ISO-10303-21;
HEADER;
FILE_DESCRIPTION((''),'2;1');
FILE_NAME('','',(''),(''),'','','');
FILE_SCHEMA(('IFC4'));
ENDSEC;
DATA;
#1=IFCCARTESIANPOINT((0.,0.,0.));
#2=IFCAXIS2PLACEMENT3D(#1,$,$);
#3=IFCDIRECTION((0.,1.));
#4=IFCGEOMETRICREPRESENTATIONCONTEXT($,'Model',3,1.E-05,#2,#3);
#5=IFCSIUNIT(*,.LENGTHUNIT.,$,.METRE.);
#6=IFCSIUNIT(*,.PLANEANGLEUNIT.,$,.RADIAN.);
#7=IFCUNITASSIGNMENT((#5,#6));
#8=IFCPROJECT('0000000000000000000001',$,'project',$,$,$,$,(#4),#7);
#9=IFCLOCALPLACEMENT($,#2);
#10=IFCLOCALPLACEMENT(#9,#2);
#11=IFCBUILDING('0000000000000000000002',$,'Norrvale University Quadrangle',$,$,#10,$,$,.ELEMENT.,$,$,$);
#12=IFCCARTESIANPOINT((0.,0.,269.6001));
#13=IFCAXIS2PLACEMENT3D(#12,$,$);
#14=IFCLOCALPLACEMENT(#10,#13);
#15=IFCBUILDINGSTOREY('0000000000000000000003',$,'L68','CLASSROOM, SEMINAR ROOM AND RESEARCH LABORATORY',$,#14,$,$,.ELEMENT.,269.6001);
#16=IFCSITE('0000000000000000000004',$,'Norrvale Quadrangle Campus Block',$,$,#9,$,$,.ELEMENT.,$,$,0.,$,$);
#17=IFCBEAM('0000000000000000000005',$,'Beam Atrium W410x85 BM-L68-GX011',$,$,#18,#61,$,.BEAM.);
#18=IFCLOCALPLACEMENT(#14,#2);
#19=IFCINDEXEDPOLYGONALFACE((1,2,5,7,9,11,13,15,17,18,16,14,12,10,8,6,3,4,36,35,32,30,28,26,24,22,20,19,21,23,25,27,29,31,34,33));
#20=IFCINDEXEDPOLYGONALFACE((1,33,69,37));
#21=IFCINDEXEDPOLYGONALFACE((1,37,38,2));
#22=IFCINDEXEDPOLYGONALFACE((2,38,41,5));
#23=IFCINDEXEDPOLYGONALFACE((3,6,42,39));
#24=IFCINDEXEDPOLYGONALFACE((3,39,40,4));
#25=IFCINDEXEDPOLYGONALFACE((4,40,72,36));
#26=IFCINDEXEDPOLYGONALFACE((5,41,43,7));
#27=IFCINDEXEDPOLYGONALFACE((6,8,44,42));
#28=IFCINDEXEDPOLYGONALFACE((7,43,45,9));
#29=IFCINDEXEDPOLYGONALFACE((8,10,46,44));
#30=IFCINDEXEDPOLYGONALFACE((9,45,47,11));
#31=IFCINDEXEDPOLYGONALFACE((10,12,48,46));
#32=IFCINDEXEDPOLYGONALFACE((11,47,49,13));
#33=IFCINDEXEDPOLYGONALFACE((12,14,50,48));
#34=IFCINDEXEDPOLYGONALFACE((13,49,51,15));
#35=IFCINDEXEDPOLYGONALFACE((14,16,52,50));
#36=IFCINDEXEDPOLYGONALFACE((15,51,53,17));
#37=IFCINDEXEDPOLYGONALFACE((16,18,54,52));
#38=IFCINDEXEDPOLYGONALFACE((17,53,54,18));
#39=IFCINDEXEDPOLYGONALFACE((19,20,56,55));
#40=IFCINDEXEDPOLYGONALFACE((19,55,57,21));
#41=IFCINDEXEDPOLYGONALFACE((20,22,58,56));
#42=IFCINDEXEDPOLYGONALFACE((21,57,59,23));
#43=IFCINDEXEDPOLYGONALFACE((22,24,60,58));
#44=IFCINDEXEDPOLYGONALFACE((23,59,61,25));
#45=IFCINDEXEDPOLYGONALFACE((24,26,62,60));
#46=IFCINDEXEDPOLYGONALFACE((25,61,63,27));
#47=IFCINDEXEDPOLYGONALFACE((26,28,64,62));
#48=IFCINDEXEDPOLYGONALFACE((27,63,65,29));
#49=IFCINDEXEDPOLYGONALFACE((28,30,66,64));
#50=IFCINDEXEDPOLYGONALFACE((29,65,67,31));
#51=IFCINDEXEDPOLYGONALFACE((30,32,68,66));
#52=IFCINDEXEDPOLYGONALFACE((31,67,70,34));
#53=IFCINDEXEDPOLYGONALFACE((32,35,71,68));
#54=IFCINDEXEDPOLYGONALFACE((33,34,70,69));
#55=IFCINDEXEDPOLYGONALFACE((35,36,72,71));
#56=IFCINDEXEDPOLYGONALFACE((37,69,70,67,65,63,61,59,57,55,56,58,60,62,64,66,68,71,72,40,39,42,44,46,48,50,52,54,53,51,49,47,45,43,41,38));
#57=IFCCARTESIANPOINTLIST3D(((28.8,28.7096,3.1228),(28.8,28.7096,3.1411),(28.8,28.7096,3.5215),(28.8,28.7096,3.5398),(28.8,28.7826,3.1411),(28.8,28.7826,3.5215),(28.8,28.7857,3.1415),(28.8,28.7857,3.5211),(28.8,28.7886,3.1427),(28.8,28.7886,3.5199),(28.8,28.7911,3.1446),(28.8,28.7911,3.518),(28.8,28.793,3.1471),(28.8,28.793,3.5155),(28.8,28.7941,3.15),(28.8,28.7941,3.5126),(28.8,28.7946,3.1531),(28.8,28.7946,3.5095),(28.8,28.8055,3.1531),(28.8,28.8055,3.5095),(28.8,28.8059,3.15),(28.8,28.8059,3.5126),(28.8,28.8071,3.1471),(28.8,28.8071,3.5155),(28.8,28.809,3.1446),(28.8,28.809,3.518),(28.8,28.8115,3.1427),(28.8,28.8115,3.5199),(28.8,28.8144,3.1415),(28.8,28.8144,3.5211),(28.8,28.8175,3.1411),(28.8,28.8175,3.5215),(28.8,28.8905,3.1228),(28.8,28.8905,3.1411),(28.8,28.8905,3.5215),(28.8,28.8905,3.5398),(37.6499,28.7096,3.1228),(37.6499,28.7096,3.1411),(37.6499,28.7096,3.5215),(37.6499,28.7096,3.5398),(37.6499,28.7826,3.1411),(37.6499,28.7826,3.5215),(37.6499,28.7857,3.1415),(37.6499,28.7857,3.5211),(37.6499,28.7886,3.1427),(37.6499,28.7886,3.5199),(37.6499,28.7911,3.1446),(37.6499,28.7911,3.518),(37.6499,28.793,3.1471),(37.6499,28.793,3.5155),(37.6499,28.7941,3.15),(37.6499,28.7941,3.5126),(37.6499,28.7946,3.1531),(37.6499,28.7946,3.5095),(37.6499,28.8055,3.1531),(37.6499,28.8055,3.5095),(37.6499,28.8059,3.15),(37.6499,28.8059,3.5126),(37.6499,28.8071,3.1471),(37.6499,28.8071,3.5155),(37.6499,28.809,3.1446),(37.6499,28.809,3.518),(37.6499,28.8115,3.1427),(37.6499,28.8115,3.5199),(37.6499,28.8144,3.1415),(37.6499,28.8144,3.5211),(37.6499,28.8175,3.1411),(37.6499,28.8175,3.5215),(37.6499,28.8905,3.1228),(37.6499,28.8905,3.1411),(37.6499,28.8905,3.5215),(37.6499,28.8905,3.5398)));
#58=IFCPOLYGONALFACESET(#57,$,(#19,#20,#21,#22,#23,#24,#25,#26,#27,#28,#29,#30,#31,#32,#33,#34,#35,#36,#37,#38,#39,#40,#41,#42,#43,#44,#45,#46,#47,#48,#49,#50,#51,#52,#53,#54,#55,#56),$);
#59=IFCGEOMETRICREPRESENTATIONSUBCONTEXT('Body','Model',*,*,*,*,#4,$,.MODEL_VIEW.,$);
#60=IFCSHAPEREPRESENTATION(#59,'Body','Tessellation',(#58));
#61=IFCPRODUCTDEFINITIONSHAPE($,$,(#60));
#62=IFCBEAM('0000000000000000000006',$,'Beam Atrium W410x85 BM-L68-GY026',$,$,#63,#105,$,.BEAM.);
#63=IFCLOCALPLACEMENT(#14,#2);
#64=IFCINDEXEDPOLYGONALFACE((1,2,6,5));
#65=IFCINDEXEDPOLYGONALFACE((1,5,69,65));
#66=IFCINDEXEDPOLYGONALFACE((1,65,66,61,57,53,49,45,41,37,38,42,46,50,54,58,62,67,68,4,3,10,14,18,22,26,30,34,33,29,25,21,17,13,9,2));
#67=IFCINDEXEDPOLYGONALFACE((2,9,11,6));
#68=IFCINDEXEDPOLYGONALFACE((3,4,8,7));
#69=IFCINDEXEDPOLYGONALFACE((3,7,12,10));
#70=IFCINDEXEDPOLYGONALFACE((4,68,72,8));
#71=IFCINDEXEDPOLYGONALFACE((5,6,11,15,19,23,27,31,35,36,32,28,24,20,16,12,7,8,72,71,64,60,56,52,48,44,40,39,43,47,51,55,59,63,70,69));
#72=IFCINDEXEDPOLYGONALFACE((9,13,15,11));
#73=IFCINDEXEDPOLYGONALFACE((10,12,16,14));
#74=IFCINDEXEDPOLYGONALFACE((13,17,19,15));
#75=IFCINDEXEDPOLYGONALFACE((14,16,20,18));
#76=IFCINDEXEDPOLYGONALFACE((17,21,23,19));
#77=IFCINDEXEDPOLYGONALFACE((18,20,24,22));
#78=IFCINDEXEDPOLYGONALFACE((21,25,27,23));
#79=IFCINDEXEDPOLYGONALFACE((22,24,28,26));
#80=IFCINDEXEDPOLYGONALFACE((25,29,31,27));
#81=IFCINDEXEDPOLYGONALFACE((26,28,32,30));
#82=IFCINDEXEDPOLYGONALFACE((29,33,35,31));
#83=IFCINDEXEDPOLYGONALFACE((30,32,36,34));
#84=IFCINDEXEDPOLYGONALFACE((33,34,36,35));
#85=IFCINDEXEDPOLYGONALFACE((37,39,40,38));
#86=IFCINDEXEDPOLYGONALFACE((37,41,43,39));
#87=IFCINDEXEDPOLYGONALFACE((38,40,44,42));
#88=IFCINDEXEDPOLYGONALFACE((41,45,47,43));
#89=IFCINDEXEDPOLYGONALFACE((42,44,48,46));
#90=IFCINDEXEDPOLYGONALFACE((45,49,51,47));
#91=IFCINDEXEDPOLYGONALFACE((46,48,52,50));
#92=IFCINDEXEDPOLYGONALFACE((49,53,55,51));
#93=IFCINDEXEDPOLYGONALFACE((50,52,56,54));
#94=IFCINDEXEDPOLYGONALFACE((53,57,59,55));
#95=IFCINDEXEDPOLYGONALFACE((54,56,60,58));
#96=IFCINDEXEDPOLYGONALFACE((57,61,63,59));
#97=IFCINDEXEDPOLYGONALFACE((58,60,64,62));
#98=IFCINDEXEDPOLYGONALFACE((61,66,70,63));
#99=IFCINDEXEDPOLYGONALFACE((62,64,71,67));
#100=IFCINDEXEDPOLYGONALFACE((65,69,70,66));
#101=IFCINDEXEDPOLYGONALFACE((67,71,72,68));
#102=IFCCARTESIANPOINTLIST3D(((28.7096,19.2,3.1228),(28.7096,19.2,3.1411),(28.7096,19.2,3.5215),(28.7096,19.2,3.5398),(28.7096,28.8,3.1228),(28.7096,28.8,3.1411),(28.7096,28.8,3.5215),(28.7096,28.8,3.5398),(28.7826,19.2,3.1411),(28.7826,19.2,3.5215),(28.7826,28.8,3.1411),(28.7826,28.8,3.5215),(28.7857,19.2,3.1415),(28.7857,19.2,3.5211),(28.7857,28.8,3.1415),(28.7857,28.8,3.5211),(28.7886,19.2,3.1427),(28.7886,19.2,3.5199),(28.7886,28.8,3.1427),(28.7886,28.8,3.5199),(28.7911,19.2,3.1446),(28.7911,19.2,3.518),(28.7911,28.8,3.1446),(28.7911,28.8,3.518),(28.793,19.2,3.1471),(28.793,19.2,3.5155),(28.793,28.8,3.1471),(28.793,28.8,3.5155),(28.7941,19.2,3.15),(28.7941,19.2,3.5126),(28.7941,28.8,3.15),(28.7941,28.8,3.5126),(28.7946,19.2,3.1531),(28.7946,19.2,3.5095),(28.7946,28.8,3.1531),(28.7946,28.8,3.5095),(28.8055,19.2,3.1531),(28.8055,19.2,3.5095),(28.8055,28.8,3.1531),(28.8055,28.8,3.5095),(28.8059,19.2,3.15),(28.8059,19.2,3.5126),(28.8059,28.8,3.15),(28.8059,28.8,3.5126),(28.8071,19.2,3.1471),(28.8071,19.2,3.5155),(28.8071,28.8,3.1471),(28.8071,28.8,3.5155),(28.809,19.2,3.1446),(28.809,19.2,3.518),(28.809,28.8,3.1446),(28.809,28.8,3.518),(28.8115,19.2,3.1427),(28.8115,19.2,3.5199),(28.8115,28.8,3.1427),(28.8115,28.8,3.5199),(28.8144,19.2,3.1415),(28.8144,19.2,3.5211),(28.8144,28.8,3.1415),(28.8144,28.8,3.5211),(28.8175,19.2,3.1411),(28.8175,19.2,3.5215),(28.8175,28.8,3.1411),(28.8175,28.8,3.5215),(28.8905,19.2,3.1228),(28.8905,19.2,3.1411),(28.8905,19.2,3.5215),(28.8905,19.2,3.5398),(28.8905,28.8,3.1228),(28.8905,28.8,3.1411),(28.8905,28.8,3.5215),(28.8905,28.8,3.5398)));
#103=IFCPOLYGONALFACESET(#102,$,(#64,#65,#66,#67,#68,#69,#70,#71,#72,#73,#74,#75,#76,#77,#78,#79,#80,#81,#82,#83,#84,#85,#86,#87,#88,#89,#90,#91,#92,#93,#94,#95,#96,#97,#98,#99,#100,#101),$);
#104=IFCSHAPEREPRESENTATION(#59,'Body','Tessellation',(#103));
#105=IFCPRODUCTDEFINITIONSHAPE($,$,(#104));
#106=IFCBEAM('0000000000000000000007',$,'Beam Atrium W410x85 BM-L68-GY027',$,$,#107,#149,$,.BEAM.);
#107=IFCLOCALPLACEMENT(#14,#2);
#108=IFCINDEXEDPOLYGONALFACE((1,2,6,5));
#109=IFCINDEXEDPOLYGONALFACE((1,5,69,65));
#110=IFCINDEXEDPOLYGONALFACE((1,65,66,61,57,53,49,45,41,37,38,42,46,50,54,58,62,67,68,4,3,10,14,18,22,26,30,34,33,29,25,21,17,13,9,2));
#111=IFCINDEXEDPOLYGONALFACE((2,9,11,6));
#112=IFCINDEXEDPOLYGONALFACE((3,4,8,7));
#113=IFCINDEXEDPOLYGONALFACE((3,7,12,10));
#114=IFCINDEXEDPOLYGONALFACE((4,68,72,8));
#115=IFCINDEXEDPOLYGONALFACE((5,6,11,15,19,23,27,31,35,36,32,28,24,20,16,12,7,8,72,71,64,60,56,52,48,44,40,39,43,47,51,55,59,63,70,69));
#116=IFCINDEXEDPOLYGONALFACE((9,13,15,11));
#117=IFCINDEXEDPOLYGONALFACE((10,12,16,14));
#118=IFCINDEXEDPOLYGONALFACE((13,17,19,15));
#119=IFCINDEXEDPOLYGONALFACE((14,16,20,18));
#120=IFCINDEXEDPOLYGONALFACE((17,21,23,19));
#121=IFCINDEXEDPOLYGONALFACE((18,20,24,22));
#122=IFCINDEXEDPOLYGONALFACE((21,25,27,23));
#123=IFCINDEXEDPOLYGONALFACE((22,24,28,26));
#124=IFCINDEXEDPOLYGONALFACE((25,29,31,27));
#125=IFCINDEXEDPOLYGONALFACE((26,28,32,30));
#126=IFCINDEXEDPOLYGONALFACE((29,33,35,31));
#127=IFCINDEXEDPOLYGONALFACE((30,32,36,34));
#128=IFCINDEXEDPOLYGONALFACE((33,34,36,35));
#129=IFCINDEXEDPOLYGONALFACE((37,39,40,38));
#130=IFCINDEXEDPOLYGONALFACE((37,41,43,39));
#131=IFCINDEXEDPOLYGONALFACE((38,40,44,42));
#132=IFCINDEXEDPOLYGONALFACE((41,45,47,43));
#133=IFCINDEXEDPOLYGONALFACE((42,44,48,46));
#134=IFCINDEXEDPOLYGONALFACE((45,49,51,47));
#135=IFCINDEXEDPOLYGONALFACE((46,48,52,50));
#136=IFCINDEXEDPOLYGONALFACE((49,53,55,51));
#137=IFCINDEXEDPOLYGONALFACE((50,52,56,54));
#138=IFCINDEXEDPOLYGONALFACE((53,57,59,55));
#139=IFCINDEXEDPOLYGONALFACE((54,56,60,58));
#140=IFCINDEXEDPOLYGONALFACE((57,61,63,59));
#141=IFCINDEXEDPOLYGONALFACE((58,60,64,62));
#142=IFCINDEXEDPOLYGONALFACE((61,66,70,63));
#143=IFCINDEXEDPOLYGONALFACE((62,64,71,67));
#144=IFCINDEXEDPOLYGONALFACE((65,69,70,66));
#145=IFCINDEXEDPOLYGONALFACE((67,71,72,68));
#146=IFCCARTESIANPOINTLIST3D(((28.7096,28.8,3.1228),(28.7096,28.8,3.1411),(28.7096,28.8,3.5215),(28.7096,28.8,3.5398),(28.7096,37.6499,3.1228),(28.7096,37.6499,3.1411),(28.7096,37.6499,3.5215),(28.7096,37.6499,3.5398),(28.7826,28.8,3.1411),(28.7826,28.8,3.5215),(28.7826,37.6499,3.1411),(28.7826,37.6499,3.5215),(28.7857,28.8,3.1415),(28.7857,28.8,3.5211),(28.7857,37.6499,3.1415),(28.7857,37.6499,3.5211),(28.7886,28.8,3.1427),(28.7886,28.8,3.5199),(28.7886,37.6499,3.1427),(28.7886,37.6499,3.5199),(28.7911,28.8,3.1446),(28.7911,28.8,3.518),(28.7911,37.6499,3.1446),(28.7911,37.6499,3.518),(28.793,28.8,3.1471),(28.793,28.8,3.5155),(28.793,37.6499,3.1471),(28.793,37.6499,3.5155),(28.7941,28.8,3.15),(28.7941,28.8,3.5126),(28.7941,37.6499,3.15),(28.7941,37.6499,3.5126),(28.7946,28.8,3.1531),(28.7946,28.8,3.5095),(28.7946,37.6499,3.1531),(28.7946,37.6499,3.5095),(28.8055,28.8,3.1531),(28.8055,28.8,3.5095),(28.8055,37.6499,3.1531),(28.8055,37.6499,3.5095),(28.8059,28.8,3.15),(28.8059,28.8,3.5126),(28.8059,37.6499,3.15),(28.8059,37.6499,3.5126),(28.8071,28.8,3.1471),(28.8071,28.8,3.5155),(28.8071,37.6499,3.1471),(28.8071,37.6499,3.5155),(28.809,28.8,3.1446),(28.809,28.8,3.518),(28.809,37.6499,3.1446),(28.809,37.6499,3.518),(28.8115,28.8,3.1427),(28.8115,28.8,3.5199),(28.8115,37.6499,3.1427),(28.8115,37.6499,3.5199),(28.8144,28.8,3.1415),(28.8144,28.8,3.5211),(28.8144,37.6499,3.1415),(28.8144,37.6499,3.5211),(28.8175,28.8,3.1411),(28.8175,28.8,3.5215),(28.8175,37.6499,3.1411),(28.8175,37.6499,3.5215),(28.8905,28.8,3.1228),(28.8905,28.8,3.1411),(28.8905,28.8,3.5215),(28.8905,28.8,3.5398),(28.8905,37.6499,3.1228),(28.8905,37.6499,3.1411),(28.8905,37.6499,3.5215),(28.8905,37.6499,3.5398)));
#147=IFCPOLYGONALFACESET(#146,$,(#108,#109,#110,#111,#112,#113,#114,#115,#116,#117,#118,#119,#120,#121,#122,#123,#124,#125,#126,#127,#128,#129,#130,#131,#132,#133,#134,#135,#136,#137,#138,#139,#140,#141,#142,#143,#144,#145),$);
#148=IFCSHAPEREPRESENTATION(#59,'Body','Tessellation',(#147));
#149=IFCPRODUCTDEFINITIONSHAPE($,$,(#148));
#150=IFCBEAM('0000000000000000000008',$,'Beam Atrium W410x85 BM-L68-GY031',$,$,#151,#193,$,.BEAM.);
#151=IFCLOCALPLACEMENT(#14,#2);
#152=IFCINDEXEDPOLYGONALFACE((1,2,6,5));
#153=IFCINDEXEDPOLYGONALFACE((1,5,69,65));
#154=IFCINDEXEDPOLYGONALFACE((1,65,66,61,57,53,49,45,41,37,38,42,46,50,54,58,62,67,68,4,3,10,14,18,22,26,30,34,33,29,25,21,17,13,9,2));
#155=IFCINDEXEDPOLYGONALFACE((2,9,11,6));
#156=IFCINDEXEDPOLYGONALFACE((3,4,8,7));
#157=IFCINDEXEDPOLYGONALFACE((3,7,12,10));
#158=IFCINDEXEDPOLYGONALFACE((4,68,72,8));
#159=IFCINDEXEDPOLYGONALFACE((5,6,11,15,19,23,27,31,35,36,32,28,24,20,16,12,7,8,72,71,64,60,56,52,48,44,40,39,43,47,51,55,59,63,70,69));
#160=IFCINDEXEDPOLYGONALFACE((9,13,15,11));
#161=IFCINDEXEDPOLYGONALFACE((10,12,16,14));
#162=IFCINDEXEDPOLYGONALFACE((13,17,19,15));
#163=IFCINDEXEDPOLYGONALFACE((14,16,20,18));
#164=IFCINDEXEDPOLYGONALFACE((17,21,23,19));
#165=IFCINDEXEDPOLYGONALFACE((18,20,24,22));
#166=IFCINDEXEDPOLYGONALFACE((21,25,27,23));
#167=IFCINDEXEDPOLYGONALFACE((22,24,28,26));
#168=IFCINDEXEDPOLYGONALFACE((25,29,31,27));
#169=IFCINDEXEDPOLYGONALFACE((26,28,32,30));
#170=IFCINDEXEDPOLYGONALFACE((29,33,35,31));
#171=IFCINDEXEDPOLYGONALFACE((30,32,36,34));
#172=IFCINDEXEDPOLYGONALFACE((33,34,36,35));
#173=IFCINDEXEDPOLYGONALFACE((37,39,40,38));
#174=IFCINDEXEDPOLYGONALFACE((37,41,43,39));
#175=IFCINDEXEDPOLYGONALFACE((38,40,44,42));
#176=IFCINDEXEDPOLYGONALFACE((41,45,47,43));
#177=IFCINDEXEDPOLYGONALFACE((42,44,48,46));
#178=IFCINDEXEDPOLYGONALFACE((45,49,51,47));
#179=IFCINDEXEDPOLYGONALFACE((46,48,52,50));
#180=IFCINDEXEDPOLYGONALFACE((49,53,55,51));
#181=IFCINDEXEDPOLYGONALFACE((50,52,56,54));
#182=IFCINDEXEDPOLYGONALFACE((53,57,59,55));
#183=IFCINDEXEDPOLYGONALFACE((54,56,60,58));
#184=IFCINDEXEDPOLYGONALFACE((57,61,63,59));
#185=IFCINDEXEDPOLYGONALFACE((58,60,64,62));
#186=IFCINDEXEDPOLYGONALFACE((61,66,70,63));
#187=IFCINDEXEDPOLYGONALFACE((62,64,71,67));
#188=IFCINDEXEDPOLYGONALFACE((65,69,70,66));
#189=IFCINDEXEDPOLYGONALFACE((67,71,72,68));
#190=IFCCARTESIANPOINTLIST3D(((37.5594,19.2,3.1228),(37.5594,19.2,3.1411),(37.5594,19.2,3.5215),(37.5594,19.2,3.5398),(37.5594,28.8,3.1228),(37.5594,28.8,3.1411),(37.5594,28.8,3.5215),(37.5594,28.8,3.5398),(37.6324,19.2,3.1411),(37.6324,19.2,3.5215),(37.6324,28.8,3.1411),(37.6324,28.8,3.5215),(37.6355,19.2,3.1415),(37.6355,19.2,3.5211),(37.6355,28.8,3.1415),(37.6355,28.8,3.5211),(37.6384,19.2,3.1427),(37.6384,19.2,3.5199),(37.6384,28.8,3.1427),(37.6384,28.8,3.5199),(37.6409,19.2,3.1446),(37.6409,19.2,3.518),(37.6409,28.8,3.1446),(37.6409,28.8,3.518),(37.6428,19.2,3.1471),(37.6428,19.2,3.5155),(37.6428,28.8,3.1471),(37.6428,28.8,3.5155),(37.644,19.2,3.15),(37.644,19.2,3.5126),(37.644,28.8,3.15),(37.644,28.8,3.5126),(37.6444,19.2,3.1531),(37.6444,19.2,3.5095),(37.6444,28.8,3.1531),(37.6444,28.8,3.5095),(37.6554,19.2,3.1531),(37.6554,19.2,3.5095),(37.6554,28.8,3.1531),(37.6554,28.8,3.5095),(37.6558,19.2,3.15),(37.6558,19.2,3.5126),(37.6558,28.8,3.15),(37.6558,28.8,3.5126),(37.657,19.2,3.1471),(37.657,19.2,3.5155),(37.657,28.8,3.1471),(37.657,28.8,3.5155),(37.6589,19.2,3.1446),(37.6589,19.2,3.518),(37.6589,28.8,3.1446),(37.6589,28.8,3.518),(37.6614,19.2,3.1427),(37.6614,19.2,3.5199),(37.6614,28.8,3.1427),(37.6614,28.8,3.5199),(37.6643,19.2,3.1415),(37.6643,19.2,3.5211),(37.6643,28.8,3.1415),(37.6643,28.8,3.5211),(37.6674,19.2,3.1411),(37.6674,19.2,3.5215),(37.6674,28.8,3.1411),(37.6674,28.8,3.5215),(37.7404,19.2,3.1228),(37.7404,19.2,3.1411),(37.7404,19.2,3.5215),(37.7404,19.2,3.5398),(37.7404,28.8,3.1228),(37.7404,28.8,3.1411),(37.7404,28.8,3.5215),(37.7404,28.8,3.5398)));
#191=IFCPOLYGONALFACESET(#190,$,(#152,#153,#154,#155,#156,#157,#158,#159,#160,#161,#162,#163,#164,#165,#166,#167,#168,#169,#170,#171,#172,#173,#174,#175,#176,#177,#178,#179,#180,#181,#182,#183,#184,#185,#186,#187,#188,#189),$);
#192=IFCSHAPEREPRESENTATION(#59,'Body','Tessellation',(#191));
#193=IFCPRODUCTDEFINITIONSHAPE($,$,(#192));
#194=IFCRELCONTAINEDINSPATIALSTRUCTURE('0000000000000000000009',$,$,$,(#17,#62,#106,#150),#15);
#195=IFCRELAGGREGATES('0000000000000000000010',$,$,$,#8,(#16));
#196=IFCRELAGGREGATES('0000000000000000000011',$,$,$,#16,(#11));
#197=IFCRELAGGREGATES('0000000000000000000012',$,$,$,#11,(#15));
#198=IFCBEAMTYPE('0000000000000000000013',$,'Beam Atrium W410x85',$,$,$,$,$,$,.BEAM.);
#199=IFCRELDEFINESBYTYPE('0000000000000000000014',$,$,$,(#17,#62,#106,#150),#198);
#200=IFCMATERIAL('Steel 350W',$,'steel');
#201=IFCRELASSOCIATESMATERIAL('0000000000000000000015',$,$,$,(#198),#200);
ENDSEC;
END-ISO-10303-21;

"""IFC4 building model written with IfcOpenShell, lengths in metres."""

from ifc_helpers import new_model, si_unit, direction, frame, origin, origin_2d, place, context, subcontext, project, spatial, i_section, extrude, material, material_profile, profile_set, type_object, element, save


model = new_model("IFC4")

# Units and contexts
model_context = context("Model", 3, precision=1e-05, world=origin(), true_north=direction((0.0, 1.0)))
body_context = subcontext(model_context, "Body", "Model", "MODEL_VIEW")
ifc_project = project(units=[si_unit("LENGTHUNIT", "METRE"), si_unit("PLANEANGLEUNIT", "RADIAN")], contexts=[model_context])

# Site, building, storey
site_placement = place(None, origin())
site = spatial("IfcSite", under=ifc_project, at=site_placement, Name="Norrvale Quadrangle Campus Block", CompositionType="ELEMENT", RefElevation=0.0)
building_placement = place(site_placement, origin())
building = spatial("IfcBuilding", under=site, at=building_placement, Name="Norrvale University Quadrangle", CompositionType="ELEMENT")
storey_placement = place(building_placement, frame((0.0, 0.0, 269.6001)))
storey = spatial("IfcBuildingStorey", under=building, at=storey_placement, Name="L68", Description="CLASSROOM, SEMINAR ROOM AND RESEARCH LABORATORY", CompositionType="ELEMENT", Elevation=269.6001)

# Beams
ifc_material_1 = material(Name="Steel 350W", Category="steel")
ifc_material_profile_1 = material_profile(ifc_material_1, i_section(OverallWidth=0.1809, OverallDepth=0.417, WebThickness=0.011, FlangeThickness=0.0183, FilletRadius=0.012, at=origin_2d()), Name="Steel 350W")
ifc_profile_set_1 = profile_set([ifc_material_profile_1], Name="Steel 350W")
beam_type_1 = type_object("IfcBeamType", Name="Beam Atrium W410x85", PredefinedType="BEAM", material=ifc_profile_set_1)
beam_1_placement = place(storey_placement, frame((28.8, 28.8, 3.3313), z_axis=(1.0, 0.0, 0.0), x_axis=(0.0, 1.0, 0.0)))
element("IfcBeam", 1, at=beam_1_placement, inside=storey, type_object=beam_type_1, Name="Beam Atrium W410x85 BM-L68-GX011", PredefinedType="BEAM", context=body_context, shape_type="SweptSolid", body=[
    extrude(i_section(OverallWidth=0.1809, OverallDepth=0.417, WebThickness=0.011, FlangeThickness=0.0183, FilletRadius=0.012, at=origin_2d()), origin(), (0.0, 0.0, 1.0), 8.8499),
])
beam_2_placement = place(storey_placement, frame((28.8, 19.2, 3.3313), z_axis=(0.0, 1.0, 0.0), x_axis=(-1.0, 0.0, 0.0)))
element("IfcBeam", 2, at=beam_2_placement, inside=storey, type_object=beam_type_1, Name="Beam Atrium W410x85 BM-L68-GY026", PredefinedType="BEAM", context=body_context, shape_type="SweptSolid", body=[
    extrude(i_section(OverallWidth=0.1809, OverallDepth=0.417, WebThickness=0.011, FlangeThickness=0.0183, FilletRadius=0.012, at=origin_2d()), origin(), (0.0, 0.0, 1.0), 9.6001),
])
beam_3_placement = place(storey_placement, frame((28.8, 28.8, 3.3313), z_axis=(0.0, 1.0, 0.0), x_axis=(-1.0, 0.0, 0.0)))
element("IfcBeam", 3, at=beam_3_placement, inside=storey, type_object=beam_type_1, Name="Beam Atrium W410x85 BM-L68-GY027", PredefinedType="BEAM", context=body_context, shape_type="SweptSolid", body=[
    extrude(i_section(OverallWidth=0.1809, OverallDepth=0.417, WebThickness=0.011, FlangeThickness=0.0183, FilletRadius=0.012, at=origin_2d()), origin(), (0.0, 0.0, 1.0), 8.8499),
])
for number, where, z_axis, x_axis, name in (
    (4, (37.6499, 19.2, 3.3313), (0.0, 1.0, 0.0), (-1.0, 0.0, 0.0), "Beam Atrium W410x85 BM-L68-GY031"),
):
    element("IfcBeam", number, at=place(storey_placement, frame(where, z_axis=z_axis, x_axis=x_axis)), inside=storey, type_object=beam_type_1, Name=name, PredefinedType="BEAM", context=body_context, shape_type="SweptSolid", body=[
        extrude(i_section(OverallWidth=0.1809, OverallDepth=0.417, WebThickness=0.011, FlangeThickness=0.0183, FilletRadius=0.012, at=origin_2d()), origin(), (0.0, 0.0, 1.0), 9.6001),
    ])

save(model, "model.ifc")
